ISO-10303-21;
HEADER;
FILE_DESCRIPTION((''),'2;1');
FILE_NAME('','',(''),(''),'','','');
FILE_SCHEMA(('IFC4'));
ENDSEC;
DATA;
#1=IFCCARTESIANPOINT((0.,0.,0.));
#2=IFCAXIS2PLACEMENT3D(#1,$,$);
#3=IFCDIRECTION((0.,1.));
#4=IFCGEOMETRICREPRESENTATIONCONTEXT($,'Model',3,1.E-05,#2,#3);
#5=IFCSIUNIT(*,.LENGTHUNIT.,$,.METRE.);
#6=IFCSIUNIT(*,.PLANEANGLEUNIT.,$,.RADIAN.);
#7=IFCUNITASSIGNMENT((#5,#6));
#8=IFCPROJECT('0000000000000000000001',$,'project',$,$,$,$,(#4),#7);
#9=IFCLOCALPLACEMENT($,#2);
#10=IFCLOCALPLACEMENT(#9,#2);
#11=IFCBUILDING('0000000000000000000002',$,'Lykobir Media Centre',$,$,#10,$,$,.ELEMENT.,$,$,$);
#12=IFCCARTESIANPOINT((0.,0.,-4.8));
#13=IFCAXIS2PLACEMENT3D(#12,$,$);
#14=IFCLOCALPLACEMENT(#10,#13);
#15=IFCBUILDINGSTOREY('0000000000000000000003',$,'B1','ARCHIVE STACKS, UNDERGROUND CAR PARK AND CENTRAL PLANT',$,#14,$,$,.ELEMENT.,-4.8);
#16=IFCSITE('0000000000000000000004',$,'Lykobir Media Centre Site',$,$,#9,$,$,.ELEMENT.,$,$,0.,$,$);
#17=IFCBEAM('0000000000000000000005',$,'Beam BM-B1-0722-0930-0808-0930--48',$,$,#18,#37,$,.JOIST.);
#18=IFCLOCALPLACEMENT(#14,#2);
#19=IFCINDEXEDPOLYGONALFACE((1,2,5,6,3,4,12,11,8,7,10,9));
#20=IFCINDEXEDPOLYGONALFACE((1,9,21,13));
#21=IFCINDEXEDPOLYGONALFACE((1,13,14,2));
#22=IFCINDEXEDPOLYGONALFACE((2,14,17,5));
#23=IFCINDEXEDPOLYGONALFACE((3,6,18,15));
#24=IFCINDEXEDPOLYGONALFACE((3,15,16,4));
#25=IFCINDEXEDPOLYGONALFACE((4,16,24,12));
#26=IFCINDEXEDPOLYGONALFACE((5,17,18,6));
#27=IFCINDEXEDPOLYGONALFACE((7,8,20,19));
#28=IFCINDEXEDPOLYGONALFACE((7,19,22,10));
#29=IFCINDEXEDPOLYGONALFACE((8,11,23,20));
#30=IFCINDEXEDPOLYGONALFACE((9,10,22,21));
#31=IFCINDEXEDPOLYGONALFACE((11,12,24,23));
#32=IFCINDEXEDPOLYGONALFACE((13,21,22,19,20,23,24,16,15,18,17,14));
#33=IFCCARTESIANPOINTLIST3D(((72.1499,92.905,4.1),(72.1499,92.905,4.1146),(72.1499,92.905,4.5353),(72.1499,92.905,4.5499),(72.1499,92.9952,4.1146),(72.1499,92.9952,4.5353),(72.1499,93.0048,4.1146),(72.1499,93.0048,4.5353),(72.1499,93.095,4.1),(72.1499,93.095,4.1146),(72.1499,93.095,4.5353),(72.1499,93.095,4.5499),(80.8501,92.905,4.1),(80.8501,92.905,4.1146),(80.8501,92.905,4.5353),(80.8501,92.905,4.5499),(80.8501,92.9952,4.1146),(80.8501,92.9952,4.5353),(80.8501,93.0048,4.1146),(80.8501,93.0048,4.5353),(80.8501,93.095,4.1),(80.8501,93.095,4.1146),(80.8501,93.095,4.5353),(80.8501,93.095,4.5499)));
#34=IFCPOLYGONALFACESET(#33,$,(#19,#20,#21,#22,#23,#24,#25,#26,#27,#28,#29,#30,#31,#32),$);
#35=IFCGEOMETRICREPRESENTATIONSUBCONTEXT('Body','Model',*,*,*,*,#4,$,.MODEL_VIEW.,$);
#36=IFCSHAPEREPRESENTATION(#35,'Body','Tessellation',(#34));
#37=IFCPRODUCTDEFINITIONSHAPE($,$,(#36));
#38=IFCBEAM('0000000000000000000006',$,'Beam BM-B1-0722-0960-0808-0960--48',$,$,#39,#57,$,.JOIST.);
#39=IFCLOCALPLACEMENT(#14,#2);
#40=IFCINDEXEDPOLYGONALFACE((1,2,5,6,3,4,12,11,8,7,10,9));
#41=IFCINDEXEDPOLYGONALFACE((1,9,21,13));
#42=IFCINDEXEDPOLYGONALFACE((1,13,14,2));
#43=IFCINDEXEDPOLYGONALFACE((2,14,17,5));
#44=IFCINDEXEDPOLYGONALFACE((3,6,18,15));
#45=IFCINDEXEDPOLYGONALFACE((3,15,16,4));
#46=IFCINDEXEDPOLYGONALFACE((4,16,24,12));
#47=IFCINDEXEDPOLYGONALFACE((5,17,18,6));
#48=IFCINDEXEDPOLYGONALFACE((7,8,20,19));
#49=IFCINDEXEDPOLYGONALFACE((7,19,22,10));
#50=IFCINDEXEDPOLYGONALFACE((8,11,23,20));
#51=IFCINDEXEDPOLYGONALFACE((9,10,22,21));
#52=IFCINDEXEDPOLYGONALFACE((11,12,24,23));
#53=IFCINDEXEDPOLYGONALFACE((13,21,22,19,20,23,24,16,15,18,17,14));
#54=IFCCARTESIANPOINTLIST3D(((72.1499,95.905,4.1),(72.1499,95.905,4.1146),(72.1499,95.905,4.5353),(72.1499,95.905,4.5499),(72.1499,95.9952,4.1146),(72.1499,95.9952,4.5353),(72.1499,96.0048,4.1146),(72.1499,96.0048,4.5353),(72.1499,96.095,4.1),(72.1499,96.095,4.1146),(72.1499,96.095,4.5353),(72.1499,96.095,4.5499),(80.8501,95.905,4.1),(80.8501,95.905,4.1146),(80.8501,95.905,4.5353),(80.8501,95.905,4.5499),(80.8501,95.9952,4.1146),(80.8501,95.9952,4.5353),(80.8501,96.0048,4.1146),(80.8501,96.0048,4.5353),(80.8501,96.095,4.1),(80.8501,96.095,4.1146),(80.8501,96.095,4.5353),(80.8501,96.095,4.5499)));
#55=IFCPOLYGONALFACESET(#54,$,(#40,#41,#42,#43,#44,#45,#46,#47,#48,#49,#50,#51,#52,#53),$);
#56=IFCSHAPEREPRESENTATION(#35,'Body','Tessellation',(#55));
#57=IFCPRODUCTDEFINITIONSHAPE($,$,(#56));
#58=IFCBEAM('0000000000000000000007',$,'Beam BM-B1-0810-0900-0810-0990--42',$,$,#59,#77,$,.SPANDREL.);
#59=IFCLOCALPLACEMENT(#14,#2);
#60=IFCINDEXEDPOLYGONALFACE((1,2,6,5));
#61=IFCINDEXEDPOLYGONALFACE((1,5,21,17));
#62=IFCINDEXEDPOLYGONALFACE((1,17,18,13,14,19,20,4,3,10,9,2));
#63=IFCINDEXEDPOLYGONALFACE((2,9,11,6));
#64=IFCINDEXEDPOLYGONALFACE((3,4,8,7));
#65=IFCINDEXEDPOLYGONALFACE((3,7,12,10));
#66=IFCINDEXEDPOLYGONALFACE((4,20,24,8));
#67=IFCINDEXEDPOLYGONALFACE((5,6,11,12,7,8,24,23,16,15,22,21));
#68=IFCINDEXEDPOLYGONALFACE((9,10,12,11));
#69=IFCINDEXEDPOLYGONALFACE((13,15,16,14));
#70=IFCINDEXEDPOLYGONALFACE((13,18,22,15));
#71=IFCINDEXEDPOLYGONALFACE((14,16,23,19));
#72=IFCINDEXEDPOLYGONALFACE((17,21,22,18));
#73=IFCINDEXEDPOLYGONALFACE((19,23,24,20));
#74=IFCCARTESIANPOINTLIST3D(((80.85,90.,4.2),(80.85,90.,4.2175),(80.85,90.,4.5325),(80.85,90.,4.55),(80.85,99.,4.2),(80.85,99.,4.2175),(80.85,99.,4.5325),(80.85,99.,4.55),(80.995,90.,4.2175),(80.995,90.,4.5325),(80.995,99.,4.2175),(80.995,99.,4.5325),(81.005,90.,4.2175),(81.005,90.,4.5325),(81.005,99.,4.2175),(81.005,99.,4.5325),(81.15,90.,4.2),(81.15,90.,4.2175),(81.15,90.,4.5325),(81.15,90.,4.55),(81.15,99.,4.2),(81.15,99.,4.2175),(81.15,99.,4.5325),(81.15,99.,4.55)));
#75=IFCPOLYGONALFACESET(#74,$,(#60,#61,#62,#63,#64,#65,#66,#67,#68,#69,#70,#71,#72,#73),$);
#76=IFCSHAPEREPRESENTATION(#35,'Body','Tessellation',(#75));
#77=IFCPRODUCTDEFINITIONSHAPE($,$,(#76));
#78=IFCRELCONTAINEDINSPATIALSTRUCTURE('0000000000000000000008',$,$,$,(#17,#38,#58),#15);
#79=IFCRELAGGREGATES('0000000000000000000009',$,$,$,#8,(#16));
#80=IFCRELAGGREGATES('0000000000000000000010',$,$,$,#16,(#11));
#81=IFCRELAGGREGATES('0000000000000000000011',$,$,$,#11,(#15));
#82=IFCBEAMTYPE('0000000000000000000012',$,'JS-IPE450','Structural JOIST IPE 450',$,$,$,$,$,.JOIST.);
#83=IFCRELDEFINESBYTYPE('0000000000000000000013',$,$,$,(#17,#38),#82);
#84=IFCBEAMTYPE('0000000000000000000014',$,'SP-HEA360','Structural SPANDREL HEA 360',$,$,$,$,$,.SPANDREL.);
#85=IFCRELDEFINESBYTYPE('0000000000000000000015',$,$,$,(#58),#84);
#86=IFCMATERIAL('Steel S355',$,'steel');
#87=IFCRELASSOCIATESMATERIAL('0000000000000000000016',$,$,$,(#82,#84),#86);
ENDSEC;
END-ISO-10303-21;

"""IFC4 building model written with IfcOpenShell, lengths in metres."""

from ifc_helpers import new_model, si_unit, direction, frame, origin, origin_2d, place, context, subcontext, project, spatial, i_section, extrude, material, material_profile, profile_set, type_object, element, save


model = new_model("IFC4")

# Units and contexts
model_context = context("Model", 3, precision=1e-05, world=origin(), true_north=direction((0.0, 1.0)))
body_context = subcontext(model_context, "Body", "Model", "MODEL_VIEW")
ifc_project = project(units=[si_unit("LENGTHUNIT", "METRE"), si_unit("PLANEANGLEUNIT", "RADIAN")], contexts=[model_context])

# Site, building, storey
site_placement = place(None, origin())
site = spatial("IfcSite", under=ifc_project, at=site_placement, Name="Lykobir Media Centre Site", CompositionType="ELEMENT", RefElevation=0.0)
building_placement = place(site_placement, origin())
building = spatial("IfcBuilding", under=site, at=building_placement, Name="Lykobir Media Centre", CompositionType="ELEMENT")
storey_placement = place(building_placement, frame((0.0, 0.0, -4.8)))
storey = spatial("IfcBuildingStorey", under=building, at=storey_placement, Name="B1", Description="ARCHIVE STACKS, UNDERGROUND CAR PARK AND CENTRAL PLANT", CompositionType="ELEMENT", Elevation=-4.8)

# Shared definitions
ifc_material_1 = material(Name="Steel S355", Category="steel")

# Beams
ifc_material_profile_1 = material_profile(ifc_material_1, i_section(OverallWidth=0.1899, OverallDepth=0.45, WebThickness=0.0095, FlangeThickness=0.0146, at=origin_2d()), Name="IPE 450")
ifc_profile_set_1 = profile_set([ifc_material_profile_1], Name="Steel S355")
beam_type_1 = type_object("IfcBeamType", Name="JS-IPE450", Description="Structural JOIST IPE 450", PredefinedType="JOIST", material=ifc_profile_set_1)
for number, where, z_axis, x_axis, name in (
    (1, (72.1499, 93.0, 4.325), (1.0, 0.0, 0.0), (0.0, 1.0, 0.0), "Beam BM-B1-0722-0930-0808-0930--48"),
    (2, (72.1499, 96.0, 4.325), (1.0, 0.0, 0.0), (0.0, 1.0, 0.0), "Beam BM-B1-0722-0960-0808-0960--48"),
):
    element("IfcBeam", number, at=place(storey_placement, frame(where, z_axis=z_axis, x_axis=x_axis)), inside=storey, type_object=beam_type_1, Name=name, PredefinedType="JOIST", context=body_context, shape_type="SweptSolid", body=[
        extrude(i_section(OverallWidth=0.1899, OverallDepth=0.45, WebThickness=0.0095, FlangeThickness=0.0146, at=origin_2d()), origin(), (0.0, 0.0, 1.0), 8.7002),
    ])
ifc_material_profile_2 = material_profile(ifc_material_1, i_section(OverallWidth=0.3, OverallDepth=0.3501, WebThickness=0.01, FlangeThickness=0.0176, at=origin_2d()), Name="HEA 360")
ifc_profile_set_2 = profile_set([ifc_material_profile_2], Name="Steel S355")
beam_type_2 = type_object("IfcBeamType", Name="SP-HEA360", Description="Structural SPANDREL HEA 360", PredefinedType="SPANDREL", material=ifc_profile_set_2)
beam_1_placement = place(storey_placement, frame((81.0, 90.0, 4.375), z_axis=(0.0, 1.0, 0.0), x_axis=(-1.0, 0.0, 0.0)))
element("IfcBeam", 3, at=beam_1_placement, inside=storey, type_object=beam_type_2, Name="Beam BM-B1-0810-0900-0810-0990--42", PredefinedType="SPANDREL", context=body_context, shape_type="SweptSolid", body=[
    extrude(i_section(OverallWidth=0.3, OverallDepth=0.3501, WebThickness=0.01, FlangeThickness=0.0176, at=origin_2d()), origin(), (0.0, 0.0, 1.0), 9.0),
])

save(model, "model.ifc")
